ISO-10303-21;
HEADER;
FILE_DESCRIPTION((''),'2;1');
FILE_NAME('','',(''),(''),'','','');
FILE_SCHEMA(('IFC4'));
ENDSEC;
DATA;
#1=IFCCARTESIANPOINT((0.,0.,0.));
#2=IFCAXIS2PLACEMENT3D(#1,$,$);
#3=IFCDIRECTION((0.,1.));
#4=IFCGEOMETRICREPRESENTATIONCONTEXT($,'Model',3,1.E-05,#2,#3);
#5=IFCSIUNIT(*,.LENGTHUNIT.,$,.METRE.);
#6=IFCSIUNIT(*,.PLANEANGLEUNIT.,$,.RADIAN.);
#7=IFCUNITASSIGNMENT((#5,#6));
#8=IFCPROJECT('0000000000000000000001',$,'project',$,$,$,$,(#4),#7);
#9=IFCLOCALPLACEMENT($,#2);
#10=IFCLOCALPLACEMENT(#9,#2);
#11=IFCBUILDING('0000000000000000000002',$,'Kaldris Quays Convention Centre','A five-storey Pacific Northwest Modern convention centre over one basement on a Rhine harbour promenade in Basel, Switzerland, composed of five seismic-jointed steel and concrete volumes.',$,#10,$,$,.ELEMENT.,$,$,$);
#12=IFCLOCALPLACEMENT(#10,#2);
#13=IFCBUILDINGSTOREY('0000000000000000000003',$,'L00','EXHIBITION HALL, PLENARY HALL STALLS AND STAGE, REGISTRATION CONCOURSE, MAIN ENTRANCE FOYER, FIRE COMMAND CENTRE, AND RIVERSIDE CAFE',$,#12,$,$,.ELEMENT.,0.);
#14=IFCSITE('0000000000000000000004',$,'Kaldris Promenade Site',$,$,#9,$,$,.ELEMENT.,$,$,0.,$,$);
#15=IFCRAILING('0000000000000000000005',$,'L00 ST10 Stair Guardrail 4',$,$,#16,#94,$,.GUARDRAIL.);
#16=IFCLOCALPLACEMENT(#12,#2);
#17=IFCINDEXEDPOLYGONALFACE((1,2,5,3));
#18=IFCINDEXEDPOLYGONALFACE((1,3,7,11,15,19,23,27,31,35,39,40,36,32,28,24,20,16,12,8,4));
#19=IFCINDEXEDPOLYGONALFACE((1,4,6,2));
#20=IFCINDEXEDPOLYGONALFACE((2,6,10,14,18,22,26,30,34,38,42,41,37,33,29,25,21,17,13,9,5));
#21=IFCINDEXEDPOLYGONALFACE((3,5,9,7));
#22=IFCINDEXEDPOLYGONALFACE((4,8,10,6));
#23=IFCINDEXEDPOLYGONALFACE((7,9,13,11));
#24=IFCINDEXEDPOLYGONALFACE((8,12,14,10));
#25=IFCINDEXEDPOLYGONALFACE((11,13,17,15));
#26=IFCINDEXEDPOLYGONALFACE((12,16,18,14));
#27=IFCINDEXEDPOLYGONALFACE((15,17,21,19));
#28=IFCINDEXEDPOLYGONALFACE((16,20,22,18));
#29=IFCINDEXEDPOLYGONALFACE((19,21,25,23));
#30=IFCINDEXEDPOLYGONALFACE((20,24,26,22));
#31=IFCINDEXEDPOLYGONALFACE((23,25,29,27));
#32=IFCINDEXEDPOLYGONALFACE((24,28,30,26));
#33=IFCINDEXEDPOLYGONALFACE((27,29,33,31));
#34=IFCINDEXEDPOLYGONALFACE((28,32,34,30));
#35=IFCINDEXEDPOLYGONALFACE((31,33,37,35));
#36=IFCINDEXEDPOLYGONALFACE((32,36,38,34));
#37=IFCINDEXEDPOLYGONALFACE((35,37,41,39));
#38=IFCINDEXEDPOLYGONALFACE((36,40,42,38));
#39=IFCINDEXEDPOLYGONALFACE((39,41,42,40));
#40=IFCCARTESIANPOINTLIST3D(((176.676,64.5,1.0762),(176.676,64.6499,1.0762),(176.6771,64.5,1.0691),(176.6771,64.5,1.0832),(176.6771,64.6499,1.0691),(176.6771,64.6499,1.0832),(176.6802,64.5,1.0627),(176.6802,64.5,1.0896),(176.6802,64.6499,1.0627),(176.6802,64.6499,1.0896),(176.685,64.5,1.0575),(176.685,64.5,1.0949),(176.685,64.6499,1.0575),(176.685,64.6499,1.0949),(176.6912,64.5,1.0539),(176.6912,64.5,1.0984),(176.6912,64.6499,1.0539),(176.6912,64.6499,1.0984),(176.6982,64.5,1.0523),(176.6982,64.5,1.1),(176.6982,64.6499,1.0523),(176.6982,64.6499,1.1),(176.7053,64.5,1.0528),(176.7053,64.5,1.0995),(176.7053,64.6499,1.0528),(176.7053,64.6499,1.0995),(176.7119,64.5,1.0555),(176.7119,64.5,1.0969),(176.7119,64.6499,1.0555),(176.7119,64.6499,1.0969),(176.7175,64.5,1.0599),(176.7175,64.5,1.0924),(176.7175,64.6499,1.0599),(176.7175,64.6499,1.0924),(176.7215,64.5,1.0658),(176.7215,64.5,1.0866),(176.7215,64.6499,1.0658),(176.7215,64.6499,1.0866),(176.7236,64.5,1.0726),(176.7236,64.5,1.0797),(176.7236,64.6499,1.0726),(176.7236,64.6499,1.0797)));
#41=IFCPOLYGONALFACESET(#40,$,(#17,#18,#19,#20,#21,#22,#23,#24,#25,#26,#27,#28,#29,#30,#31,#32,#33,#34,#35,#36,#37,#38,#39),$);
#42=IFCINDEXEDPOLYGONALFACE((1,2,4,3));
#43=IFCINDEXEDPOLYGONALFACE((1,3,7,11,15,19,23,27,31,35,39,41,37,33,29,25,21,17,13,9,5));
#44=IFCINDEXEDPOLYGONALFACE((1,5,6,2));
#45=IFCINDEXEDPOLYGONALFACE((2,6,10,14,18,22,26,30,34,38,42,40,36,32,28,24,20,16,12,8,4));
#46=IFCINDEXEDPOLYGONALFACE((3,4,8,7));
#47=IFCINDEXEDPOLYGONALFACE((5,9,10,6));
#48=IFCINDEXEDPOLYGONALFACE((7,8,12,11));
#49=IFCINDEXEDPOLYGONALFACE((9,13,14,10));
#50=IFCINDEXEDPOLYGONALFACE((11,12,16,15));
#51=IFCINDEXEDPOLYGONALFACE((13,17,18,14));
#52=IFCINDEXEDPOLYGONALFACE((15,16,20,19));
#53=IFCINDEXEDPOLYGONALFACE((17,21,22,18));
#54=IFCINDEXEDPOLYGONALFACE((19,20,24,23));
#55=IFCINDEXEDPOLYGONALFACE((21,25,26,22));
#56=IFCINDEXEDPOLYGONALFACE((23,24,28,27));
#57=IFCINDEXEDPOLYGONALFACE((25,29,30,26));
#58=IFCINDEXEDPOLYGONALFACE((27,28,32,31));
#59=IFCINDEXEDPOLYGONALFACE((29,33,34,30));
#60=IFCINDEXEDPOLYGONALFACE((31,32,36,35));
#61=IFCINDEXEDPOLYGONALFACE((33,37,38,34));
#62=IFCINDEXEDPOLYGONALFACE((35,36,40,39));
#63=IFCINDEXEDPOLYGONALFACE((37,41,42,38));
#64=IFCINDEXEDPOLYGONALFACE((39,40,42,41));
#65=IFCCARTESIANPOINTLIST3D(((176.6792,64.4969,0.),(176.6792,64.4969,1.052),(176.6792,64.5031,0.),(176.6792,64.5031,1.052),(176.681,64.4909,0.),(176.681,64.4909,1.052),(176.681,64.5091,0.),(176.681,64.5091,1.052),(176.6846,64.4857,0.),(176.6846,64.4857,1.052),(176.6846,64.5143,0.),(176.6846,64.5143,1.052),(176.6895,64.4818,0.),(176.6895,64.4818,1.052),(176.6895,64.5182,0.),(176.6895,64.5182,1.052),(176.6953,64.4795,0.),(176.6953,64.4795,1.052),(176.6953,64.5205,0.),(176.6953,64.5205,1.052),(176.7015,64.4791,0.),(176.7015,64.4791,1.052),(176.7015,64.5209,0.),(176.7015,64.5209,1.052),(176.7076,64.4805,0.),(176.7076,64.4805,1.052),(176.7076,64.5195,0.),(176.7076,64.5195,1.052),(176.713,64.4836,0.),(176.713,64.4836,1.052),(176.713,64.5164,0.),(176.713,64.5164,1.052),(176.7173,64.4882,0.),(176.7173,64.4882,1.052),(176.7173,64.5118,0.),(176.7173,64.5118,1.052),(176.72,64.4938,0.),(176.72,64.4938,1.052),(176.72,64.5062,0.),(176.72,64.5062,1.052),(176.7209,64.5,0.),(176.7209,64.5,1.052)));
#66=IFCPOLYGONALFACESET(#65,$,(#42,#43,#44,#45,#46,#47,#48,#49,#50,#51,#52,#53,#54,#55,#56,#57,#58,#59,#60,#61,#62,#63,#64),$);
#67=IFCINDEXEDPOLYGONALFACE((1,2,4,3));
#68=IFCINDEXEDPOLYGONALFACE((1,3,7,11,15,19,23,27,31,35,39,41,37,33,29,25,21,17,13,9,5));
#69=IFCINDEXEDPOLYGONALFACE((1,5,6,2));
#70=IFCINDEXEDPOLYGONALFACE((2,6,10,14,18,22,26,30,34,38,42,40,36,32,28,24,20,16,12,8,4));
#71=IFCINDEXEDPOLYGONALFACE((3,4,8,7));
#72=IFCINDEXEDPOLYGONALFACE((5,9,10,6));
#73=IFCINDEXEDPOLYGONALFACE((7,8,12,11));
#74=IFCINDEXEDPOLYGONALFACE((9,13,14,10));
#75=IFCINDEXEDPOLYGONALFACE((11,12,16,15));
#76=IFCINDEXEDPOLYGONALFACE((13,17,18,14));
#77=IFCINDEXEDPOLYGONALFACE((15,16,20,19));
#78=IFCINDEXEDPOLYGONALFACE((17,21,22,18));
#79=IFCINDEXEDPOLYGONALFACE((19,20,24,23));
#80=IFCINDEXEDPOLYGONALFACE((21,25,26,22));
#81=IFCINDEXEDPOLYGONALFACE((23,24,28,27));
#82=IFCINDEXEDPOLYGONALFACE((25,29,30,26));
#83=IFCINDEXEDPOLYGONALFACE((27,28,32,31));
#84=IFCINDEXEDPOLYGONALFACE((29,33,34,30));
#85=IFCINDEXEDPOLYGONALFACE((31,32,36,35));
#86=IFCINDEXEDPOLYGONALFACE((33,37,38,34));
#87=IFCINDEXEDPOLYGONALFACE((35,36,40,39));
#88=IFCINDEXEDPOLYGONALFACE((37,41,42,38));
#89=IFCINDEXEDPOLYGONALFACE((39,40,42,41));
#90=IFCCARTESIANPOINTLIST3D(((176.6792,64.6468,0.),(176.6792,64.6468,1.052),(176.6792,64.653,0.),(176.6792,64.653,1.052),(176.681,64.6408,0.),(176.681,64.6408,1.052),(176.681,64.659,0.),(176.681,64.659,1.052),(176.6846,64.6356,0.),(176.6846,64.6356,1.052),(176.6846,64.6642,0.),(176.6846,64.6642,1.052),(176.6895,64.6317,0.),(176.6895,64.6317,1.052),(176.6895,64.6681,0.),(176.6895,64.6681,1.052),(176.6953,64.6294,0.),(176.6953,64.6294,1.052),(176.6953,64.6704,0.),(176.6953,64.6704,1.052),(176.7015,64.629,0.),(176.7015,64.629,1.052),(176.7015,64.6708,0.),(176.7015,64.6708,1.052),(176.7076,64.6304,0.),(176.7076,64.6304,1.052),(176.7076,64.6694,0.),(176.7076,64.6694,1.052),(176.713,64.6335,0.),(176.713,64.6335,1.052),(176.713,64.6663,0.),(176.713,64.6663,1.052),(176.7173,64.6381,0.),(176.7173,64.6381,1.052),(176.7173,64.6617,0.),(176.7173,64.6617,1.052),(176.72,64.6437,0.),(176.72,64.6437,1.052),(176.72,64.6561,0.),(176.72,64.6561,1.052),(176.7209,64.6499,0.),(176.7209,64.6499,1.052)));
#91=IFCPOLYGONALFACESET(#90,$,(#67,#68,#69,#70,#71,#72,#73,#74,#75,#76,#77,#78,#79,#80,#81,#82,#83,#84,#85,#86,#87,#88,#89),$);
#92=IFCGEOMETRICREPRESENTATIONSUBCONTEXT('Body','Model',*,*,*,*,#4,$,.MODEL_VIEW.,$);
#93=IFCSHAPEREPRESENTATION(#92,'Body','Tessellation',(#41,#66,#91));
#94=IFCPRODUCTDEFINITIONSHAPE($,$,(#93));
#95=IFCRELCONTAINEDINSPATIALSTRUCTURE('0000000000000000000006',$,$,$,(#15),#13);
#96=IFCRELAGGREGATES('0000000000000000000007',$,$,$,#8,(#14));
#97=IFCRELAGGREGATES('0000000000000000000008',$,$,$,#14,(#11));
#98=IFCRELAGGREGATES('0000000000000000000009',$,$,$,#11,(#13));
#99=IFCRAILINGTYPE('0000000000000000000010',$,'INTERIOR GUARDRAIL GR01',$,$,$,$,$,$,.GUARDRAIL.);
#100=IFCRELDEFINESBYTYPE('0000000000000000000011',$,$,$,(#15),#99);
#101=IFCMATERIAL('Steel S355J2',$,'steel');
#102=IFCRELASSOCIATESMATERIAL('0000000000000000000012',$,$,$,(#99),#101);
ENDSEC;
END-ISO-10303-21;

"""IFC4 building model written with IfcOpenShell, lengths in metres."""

from ifc_helpers import new_model, si_unit, direction, frame, origin, origin_2d, place, context, subcontext, project, spatial, circle, extrude, material, type_object, element, save


model = new_model("IFC4")

# Units and contexts
model_context = context("Model", 3, precision=1e-05, world=origin(), true_north=direction((0.0, 1.0)))
body_context = subcontext(model_context, "Body", "Model", "MODEL_VIEW")
ifc_project = project(units=[si_unit("LENGTHUNIT", "METRE"), si_unit("PLANEANGLEUNIT", "RADIAN")], contexts=[model_context])

# Site, building, storey
site_placement = place(None, origin())
site = spatial("IfcSite", under=ifc_project, at=site_placement, Name="Kaldris Promenade Site", CompositionType="ELEMENT", RefElevation=0.0)
building_placement = place(site_placement, origin())
building = spatial("IfcBuilding", under=site, at=building_placement, Name="Kaldris Quays Convention Centre", Description="A five-storey Pacific Northwest Modern convention centre over one basement on a Rhine harbour promenade in Basel, Switzerland, composed of five seismic-jointed steel and concrete volumes.", CompositionType="ELEMENT")
storey_placement = place(building_placement, origin())
storey = spatial("IfcBuildingStorey", under=building, at=storey_placement, Name="L00", Description="EXHIBITION HALL, PLENARY HALL STALLS AND STAGE, REGISTRATION CONCOURSE, MAIN ENTRANCE FOYER, FIRE COMMAND CENTRE, AND RIVERSIDE CAFE", CompositionType="ELEMENT", Elevation=0.0)

# Shared definitions
ifc_material_1 = material(Name="Steel S355J2", Category="steel")

# Railing
railing_type_1 = type_object("IfcRailingType", Name="INTERIOR GUARDRAIL GR01", PredefinedType="GUARDRAIL", material=ifc_material_1)
railing_1_placement = place(storey_placement, frame((176.7, 64.5, 0.0)))
element("IfcRailing", 1, at=railing_1_placement, inside=storey, type_object=railing_type_1, Name="L00 ST10 Stair Guardrail 4", PredefinedType="GUARDRAIL", context=body_context, shape_type="SweptSolid", body=[
    extrude(circle(Radius=0.0239, at=origin_2d()), frame((0.0, 0.0, 1.0762), z_axis=(0.0, 1.0, 0.0), x_axis=(-1.0, 0.0, 0.0)), (0.0, 0.0, 1.0), 0.1499),
    extrude(circle(Radius=0.021, at=origin_2d()), origin(), (0.0, 0.0, 1.0), 1.052),
    extrude(circle(Radius=0.021, at=origin_2d()), frame((0.0, 0.1499, 0.0)), (0.0, 0.0, 1.0), 1.052),
])

save(model, "model.ifc")
